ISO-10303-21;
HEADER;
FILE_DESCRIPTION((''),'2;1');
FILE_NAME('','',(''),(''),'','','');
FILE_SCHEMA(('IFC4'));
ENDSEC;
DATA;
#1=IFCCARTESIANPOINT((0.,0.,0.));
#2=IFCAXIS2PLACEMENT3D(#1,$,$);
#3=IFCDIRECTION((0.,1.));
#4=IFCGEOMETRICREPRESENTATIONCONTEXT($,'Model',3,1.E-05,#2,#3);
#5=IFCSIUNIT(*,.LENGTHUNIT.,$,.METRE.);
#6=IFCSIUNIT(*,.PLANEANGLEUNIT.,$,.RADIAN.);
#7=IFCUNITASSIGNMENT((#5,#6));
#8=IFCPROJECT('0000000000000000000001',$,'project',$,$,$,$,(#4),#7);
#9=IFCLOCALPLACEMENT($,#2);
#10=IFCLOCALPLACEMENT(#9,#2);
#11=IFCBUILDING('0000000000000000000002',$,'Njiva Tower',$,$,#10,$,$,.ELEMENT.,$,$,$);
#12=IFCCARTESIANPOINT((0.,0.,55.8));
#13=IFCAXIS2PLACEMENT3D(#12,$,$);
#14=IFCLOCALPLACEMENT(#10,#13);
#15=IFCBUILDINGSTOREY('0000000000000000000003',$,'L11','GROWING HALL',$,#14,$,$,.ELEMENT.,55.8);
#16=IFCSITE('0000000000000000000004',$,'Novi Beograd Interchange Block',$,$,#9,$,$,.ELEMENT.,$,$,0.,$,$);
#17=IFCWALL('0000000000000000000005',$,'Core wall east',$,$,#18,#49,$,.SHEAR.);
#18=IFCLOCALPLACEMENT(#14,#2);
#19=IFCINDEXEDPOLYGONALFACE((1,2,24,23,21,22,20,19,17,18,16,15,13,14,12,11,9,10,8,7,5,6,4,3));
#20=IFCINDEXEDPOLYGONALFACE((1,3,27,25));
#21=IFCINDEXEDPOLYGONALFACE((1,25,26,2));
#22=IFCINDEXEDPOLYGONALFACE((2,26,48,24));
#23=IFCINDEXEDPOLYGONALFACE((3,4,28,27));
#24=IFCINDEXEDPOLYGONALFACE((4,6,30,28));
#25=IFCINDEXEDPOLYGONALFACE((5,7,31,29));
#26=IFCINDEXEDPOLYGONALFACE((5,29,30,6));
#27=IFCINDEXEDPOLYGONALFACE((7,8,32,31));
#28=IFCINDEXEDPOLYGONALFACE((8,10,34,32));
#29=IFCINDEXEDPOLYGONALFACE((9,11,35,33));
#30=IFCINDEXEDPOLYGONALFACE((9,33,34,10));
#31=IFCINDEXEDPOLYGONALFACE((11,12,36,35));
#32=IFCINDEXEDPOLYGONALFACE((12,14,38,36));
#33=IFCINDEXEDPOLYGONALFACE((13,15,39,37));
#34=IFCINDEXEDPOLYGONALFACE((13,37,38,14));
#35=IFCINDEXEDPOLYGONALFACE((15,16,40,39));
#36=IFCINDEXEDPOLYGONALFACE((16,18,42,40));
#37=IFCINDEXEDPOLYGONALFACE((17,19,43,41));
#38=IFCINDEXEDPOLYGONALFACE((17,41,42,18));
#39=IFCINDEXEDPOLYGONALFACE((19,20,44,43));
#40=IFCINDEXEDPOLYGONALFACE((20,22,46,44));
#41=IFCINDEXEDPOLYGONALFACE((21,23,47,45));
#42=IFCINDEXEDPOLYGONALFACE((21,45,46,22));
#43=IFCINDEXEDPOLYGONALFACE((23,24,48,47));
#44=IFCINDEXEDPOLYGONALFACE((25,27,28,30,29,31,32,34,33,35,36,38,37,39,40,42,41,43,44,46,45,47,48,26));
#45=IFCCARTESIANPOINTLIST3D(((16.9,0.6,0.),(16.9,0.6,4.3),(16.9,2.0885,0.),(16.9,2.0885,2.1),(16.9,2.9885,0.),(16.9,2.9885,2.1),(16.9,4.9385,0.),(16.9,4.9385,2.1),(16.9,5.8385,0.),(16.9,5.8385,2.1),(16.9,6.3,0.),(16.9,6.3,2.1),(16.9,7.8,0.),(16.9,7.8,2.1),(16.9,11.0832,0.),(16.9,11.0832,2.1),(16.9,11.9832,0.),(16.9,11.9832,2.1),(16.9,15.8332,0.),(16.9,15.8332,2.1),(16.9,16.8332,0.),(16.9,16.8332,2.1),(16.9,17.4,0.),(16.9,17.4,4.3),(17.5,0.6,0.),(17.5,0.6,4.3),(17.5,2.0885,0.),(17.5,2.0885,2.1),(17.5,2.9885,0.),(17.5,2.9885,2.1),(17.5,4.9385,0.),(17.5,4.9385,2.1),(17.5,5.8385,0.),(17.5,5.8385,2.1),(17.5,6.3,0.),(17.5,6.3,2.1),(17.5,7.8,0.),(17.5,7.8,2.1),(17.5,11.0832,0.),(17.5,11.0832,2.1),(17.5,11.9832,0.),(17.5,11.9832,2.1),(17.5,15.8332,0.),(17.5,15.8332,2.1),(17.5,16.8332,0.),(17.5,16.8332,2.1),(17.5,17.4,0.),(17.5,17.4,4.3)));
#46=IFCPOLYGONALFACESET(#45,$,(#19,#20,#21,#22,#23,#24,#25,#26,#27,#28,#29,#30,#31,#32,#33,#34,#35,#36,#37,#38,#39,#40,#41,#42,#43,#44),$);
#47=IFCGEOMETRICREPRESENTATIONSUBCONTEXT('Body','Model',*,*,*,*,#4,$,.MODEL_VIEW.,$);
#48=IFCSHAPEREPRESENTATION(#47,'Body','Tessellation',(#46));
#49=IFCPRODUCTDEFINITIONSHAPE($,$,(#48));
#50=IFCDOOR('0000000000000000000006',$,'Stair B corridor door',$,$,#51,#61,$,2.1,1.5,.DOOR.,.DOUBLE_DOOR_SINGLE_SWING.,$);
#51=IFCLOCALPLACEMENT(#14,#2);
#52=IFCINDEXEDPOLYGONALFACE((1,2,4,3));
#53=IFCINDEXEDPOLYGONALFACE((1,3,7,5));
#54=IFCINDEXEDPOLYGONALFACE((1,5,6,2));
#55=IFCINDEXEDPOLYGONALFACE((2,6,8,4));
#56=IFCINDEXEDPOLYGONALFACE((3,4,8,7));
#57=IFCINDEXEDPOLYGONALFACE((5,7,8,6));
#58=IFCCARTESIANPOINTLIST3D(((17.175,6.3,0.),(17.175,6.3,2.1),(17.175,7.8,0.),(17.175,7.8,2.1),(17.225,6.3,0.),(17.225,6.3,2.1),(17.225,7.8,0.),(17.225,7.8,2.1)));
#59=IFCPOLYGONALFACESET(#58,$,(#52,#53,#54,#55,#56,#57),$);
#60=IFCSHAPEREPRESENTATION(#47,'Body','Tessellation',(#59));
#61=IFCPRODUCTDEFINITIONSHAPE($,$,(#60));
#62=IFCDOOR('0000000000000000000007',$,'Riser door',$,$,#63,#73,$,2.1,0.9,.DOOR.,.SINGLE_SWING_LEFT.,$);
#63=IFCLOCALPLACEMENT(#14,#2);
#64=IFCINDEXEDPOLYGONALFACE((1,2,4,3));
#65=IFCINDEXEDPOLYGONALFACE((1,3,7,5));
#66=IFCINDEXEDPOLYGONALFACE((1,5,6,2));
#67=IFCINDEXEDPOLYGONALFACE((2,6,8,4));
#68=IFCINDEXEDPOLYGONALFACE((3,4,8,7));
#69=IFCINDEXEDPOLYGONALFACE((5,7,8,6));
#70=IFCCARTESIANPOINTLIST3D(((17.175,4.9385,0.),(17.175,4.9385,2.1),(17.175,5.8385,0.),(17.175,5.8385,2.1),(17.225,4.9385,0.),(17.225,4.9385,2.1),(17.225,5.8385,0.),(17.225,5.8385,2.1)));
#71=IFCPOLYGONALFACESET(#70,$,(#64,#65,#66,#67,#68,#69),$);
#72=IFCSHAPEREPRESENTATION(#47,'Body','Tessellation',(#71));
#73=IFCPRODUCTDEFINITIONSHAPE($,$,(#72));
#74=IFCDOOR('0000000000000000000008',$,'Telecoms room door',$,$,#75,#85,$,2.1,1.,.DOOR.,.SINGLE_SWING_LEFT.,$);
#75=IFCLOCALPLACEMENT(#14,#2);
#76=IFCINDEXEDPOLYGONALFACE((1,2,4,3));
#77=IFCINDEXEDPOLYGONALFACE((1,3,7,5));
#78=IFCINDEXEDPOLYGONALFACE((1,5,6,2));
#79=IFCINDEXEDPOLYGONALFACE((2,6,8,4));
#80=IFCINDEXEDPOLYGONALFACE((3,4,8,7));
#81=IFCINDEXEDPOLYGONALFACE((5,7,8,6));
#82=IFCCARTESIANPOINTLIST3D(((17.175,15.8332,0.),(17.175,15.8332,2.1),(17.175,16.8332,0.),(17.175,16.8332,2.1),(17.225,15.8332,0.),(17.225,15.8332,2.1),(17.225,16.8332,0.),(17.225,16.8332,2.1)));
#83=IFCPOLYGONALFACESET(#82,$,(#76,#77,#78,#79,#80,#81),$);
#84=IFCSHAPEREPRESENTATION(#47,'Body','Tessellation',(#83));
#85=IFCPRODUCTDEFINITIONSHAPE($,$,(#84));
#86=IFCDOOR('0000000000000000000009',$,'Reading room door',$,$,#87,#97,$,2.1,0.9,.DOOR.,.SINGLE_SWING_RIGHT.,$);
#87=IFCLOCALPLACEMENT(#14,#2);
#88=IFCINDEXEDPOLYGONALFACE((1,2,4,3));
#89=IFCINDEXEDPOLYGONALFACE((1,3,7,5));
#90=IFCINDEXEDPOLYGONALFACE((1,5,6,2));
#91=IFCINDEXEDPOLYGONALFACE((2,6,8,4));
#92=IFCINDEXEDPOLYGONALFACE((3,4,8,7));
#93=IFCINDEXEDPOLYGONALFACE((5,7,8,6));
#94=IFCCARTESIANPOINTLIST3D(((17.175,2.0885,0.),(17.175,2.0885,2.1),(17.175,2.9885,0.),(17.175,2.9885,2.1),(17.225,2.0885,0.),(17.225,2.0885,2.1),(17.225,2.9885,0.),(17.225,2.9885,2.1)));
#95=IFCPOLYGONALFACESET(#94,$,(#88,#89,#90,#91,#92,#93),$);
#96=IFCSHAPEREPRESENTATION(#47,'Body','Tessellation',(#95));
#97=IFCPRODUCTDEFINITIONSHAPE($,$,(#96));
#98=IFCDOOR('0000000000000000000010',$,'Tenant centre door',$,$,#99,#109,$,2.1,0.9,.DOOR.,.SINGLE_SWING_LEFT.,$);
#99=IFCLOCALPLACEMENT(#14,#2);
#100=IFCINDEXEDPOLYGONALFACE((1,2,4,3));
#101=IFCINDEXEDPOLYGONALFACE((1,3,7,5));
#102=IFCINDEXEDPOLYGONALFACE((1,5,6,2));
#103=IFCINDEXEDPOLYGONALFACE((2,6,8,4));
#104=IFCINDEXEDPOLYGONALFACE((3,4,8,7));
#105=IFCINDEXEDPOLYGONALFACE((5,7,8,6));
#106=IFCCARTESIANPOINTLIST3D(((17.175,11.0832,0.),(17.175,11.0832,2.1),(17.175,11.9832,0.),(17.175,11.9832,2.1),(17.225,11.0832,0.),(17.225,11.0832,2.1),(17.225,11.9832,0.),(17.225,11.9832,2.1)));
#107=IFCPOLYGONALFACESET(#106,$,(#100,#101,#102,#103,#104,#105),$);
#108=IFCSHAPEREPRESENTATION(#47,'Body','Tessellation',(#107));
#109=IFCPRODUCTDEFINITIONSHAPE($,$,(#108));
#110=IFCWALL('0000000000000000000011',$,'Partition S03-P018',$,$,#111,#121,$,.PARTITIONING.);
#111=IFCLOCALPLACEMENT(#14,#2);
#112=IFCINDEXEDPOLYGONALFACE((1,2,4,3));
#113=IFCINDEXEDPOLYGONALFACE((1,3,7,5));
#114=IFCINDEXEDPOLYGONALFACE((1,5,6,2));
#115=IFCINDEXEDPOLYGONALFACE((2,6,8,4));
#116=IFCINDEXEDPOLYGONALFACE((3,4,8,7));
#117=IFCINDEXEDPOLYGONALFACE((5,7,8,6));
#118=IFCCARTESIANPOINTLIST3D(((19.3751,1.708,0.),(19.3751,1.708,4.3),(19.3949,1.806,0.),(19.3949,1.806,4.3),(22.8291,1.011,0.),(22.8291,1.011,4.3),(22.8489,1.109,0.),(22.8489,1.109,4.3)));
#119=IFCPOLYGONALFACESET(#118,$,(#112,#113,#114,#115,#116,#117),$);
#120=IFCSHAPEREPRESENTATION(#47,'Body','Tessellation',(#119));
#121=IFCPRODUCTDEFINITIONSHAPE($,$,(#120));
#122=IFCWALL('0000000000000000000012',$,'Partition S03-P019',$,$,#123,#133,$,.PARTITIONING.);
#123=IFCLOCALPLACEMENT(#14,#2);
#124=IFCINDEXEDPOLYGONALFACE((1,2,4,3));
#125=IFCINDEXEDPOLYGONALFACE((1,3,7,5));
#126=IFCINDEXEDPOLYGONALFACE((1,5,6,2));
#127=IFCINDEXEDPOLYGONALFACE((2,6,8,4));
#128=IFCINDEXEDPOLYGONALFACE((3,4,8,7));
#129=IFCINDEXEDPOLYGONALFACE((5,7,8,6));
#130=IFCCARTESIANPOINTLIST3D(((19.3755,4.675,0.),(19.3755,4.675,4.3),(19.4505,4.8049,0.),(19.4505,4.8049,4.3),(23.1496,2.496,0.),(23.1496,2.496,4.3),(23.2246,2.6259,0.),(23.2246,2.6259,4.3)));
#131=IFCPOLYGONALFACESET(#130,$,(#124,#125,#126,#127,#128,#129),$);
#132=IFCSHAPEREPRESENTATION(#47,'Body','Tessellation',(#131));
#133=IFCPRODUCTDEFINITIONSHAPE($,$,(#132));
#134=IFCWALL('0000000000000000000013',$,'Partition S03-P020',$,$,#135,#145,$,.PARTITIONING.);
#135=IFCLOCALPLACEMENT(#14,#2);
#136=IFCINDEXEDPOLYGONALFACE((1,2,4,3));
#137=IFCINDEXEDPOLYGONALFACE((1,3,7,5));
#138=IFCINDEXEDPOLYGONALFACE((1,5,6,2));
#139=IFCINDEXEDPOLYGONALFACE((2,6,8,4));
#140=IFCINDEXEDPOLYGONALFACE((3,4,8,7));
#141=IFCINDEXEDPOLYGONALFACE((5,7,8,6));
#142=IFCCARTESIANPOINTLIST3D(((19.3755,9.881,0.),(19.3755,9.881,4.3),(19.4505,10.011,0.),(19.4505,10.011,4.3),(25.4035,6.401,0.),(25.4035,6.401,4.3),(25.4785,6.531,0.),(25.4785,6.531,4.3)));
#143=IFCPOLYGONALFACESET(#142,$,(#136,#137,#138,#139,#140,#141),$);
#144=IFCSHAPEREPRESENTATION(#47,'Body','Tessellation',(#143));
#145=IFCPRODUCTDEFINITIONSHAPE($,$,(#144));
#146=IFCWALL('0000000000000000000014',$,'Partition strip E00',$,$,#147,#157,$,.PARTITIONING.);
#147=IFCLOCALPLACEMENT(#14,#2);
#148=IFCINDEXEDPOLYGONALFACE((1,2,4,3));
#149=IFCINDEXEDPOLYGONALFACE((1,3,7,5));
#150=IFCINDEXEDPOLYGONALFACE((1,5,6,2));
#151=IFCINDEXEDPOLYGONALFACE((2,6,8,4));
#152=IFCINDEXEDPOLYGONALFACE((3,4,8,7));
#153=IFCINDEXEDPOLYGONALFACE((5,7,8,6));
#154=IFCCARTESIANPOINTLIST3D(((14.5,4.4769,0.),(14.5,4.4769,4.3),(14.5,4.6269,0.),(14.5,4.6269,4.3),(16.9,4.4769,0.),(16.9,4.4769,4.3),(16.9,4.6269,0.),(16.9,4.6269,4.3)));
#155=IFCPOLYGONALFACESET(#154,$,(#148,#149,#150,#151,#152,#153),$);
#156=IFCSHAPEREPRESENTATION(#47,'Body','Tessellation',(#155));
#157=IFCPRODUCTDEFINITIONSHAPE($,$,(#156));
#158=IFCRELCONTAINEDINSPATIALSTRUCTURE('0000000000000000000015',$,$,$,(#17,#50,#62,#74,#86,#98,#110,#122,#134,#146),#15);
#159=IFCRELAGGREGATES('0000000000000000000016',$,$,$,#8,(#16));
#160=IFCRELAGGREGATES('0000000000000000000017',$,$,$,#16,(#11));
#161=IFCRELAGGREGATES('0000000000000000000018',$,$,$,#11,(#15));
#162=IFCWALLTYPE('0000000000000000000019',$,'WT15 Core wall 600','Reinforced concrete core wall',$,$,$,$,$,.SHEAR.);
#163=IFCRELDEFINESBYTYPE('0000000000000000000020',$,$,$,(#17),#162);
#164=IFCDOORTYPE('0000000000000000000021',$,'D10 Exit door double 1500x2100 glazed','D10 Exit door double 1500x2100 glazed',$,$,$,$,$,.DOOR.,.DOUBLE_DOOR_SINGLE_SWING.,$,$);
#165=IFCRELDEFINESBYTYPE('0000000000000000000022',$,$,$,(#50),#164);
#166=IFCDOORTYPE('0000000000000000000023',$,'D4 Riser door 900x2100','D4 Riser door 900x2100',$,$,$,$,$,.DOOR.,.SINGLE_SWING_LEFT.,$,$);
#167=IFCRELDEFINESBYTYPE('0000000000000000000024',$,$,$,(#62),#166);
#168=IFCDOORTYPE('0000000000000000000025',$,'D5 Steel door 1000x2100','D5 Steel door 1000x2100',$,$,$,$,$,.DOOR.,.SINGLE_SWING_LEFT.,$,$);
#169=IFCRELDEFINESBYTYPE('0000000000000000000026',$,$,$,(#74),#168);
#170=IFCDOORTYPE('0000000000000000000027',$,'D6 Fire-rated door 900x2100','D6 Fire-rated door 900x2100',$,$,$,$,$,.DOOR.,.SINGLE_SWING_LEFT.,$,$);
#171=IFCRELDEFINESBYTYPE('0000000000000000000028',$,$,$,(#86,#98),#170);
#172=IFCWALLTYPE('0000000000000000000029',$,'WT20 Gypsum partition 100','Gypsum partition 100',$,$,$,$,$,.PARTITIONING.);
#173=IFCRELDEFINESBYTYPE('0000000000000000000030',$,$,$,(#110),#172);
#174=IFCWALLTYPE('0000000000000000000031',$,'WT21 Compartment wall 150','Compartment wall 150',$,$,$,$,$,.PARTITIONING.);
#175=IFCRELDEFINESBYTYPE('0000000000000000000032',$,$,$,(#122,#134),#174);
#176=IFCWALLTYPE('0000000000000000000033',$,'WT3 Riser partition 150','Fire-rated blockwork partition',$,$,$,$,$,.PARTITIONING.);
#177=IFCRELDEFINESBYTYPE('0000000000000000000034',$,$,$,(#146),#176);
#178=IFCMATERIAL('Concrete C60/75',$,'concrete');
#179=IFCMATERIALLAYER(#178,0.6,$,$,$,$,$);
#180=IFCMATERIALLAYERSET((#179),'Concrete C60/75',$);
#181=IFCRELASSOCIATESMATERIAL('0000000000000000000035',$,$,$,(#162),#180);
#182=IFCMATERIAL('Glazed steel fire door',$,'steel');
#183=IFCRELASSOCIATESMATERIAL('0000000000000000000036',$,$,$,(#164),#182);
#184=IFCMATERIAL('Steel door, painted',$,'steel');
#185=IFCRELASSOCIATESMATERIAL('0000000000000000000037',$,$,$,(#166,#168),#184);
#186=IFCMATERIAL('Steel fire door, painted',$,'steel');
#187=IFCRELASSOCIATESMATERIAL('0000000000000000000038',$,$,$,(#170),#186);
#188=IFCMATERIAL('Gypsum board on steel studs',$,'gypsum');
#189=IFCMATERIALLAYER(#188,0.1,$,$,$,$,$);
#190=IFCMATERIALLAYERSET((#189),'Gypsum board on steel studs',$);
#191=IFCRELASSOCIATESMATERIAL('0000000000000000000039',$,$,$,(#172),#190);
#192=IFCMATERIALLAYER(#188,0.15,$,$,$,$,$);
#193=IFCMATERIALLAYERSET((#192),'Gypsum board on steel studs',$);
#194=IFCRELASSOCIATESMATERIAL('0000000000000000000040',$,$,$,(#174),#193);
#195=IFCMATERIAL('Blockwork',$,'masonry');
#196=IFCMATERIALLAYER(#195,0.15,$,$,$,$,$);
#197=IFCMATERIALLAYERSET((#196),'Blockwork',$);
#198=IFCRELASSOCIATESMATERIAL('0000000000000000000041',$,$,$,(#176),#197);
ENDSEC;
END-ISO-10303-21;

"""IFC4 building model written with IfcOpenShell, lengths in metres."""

from ifc_helpers import new_model, si_unit, direction, frame, frame_2d, origin, place, context, subcontext, project, spatial, rectangle, extrude, material, layer, layer_set, type_object, element, fill, save


model = new_model("IFC4")

# Units and contexts
model_context = context("Model", 3, precision=1e-05, world=origin(), true_north=direction((0.0, 1.0)))
body_context = subcontext(model_context, "Body", "Model", "MODEL_VIEW")
ifc_project = project(units=[si_unit("LENGTHUNIT", "METRE"), si_unit("PLANEANGLEUNIT", "RADIAN")], contexts=[model_context])

# Site, building, storey
site_placement = place(None, origin())
site = spatial("IfcSite", under=ifc_project, at=site_placement, Name="Novi Beograd Interchange Block", CompositionType="ELEMENT", RefElevation=0.0)
building_placement = place(site_placement, origin())
building = spatial("IfcBuilding", under=site, at=building_placement, Name="Njiva Tower", CompositionType="ELEMENT")
storey_placement = place(building_placement, frame((0.0, 0.0, 55.8)))
storey = spatial("IfcBuildingStorey", under=building, at=storey_placement, Name="L11", Description="GROWING HALL", CompositionType="ELEMENT", Elevation=55.8)

# Wall, openings, doors
ifc_material_1 = material(Name="Concrete C60/75", Category="concrete")
ifc_layer_1 = layer(ifc_material_1, 0.6)
ifc_layer_set_1 = layer_set([ifc_layer_1], Name="Concrete C60/75")
wall_type_1 = type_object("IfcWallType", Name="WT15 Core wall 600", Description="Reinforced concrete core wall", PredefinedType="SHEAR", material=ifc_layer_set_1)
wall_1_placement = place(storey_placement, frame((17.2, 0.6, 0.0), z_axis=(0.0, 0.0, 1.0), x_axis=(0.0, 1.0, 0.0)))
wall_1 = element("IfcWall", 1, at=wall_1_placement, inside=storey, type_object=wall_type_1, Name="Core wall east", PredefinedType="SHEAR", context=body_context, shape_type="SweptSolid", body=[
    extrude(rectangle(XDim=16.8, YDim=0.6, at=frame_2d((8.4, 0.0))), origin(), (0.0, 0.0, 1.0), 4.3),
])
opening_1_placement = place(wall_1_placement, frame((5.7, 0.0, 0.0)))
opening_1 = element("IfcOpeningElement", 2, at=opening_1_placement, cuts=wall_1, PredefinedType="OPENING", context=body_context, shape_type="SweptSolid", body=[
    extrude(rectangle(XDim=1.5, YDim=2.1, at=frame_2d((0.75, 1.05))), frame((0.0, 0.31, 0.0), z_axis=(0.0, -1.0, 0.0), x_axis=(1.0, 0.0, 0.0)), (0.0, 0.0, 1.0), 0.62),
])
opening_2_placement = place(wall_1_placement, frame((1.4885, 0.0, 0.0)))
opening_2 = element("IfcOpeningElement", 3, at=opening_2_placement, cuts=wall_1, PredefinedType="OPENING", context=body_context, shape_type="SweptSolid", body=[
    extrude(rectangle(XDim=0.9, YDim=2.1, at=frame_2d((0.45, 1.05))), frame((0.0, 0.31, 0.0), z_axis=(0.0, -1.0, 0.0), x_axis=(1.0, 0.0, 0.0)), (0.0, 0.0, 1.0), 0.62),
])
opening_3_placement = place(wall_1_placement, frame((4.3385, 0.0, 0.0)))
opening_3 = element("IfcOpeningElement", 4, at=opening_3_placement, cuts=wall_1, PredefinedType="OPENING", context=body_context, shape_type="SweptSolid", body=[
    extrude(rectangle(XDim=0.9, YDim=2.1, at=frame_2d((0.45, 1.05))), frame((0.0, 0.31, 0.0), z_axis=(0.0, -1.0, 0.0), x_axis=(1.0, 0.0, 0.0)), (0.0, 0.0, 1.0), 0.62),
])
opening_4_placement = place(wall_1_placement, frame((10.4832, 0.0, 0.0)))
opening_4 = element("IfcOpeningElement", 5, at=opening_4_placement, cuts=wall_1, PredefinedType="OPENING", context=body_context, shape_type="SweptSolid", body=[
    extrude(rectangle(XDim=0.9, YDim=2.1, at=frame_2d((0.45, 1.05))), frame((0.0, 0.31, 0.0), z_axis=(0.0, -1.0, 0.0), x_axis=(1.0, 0.0, 0.0)), (0.0, 0.0, 1.0), 0.62),
])
opening_5_placement = place(wall_1_placement, frame((15.2332, 0.0, 0.0)))
opening_5 = element("IfcOpeningElement", 6, at=opening_5_placement, cuts=wall_1, PredefinedType="OPENING", context=body_context, shape_type="SweptSolid", body=[
    extrude(rectangle(XDim=1.0, YDim=2.1, at=frame_2d((0.5, 1.05))), frame((0.0, 0.31, 0.0), z_axis=(0.0, -1.0, 0.0), x_axis=(1.0, 0.0, 0.0)), (0.0, 0.0, 1.0), 0.62),
])
ifc_material_2 = material(Name="Glazed steel fire door", Category="steel")
door_type_1 = type_object("IfcDoorType", Name="D10 Exit door double 1500x2100 glazed", Description="D10 Exit door double 1500x2100 glazed", OperationType="DOUBLE_DOOR_SINGLE_SWING", PredefinedType="DOOR", material=ifc_material_2)
door_1_placement = place(opening_1_placement, origin())
door_1 = element("IfcDoor", 7, at=door_1_placement, inside=storey, type_object=door_type_1, Name="Stair B corridor door", OperationType="DOUBLE_DOOR_SINGLE_SWING", OverallHeight=2.1, OverallWidth=1.5, PredefinedType="DOOR", context=body_context, shape_type="SweptSolid", body=[
    extrude(rectangle(XDim=1.5, YDim=2.1, at=frame_2d((0.75, 1.05))), frame((0.0, 0.025, 0.0), z_axis=(0.0, -1.0, 0.0), x_axis=(1.0, 0.0, 0.0)), (0.0, 0.0, 1.0), 0.05),
])
fill(opening_1, door_1)
ifc_material_3 = material(Name="Steel door, painted", Category="steel")
door_type_2 = type_object("IfcDoorType", Name="D4 Riser door 900x2100", Description="D4 Riser door 900x2100", OperationType="SINGLE_SWING_LEFT", PredefinedType="DOOR", material=ifc_material_3)
door_2_placement = place(opening_3_placement, origin())
door_2 = element("IfcDoor", 8, at=door_2_placement, inside=storey, type_object=door_type_2, Name="Riser door", OperationType="SINGLE_SWING_LEFT", OverallHeight=2.1, OverallWidth=0.9, PredefinedType="DOOR", context=body_context, shape_type="SweptSolid", body=[
    extrude(rectangle(XDim=0.9, YDim=2.1, at=frame_2d((0.45, 1.05))), frame((0.0, 0.025, 0.0), z_axis=(0.0, -1.0, 0.0), x_axis=(1.0, 0.0, 0.0)), (0.0, 0.0, 1.0), 0.05),
])
fill(opening_3, door_2)
door_type_3 = type_object("IfcDoorType", Name="D5 Steel door 1000x2100", Description="D5 Steel door 1000x2100", OperationType="SINGLE_SWING_LEFT", PredefinedType="DOOR", material=ifc_material_3)
door_3_placement = place(opening_5_placement, origin())
door_3 = element("IfcDoor", 9, at=door_3_placement, inside=storey, type_object=door_type_3, Name="Telecoms room door", OperationType="SINGLE_SWING_LEFT", OverallHeight=2.1, OverallWidth=1.0, PredefinedType="DOOR", context=body_context, shape_type="SweptSolid", body=[
    extrude(rectangle(XDim=1.0, YDim=2.1, at=frame_2d((0.5, 1.05))), frame((0.0, 0.025, 0.0), z_axis=(0.0, -1.0, 0.0), x_axis=(1.0, 0.0, 0.0)), (0.0, 0.0, 1.0), 0.05),
])
fill(opening_5, door_3)
ifc_material_4 = material(Name="Steel fire door, painted", Category="steel")
door_type_4 = type_object("IfcDoorType", Name="D6 Fire-rated door 900x2100", Description="D6 Fire-rated door 900x2100", OperationType="SINGLE_SWING_LEFT", PredefinedType="DOOR", material=ifc_material_4)
door_4_placement = place(opening_2_placement, origin())
door_4 = element("IfcDoor", 10, at=door_4_placement, inside=storey, type_object=door_type_4, Name="Reading room door", OperationType="SINGLE_SWING_RIGHT", OverallHeight=2.1, OverallWidth=0.9, PredefinedType="DOOR", context=body_context, shape_type="SweptSolid", body=[
    extrude(rectangle(XDim=0.9, YDim=2.1, at=frame_2d((0.45, 1.05))), frame((0.0, 0.025, 0.0), z_axis=(0.0, -1.0, 0.0), x_axis=(1.0, 0.0, 0.0)), (0.0, 0.0, 1.0), 0.05),
])
fill(opening_2, door_4)
door_5_placement = place(opening_4_placement, origin())
door_5 = element("IfcDoor", 11, at=door_5_placement, inside=storey, type_object=door_type_4, Name="Tenant centre door", OperationType="SINGLE_SWING_LEFT", OverallHeight=2.1, OverallWidth=0.9, PredefinedType="DOOR", context=body_context, shape_type="SweptSolid", body=[
    extrude(rectangle(XDim=0.9, YDim=2.1, at=frame_2d((0.45, 1.05))), frame((0.0, 0.025, 0.0), z_axis=(0.0, -1.0, 0.0), x_axis=(1.0, 0.0, 0.0)), (0.0, 0.0, 1.0), 0.05),
])
fill(opening_4, door_5)

# Walls
ifc_material_5 = material(Name="Gypsum board on steel studs", Category="gypsum")
ifc_layer_2 = layer(ifc_material_5, 0.1)
ifc_layer_set_2 = layer_set([ifc_layer_2], Name="Gypsum board on steel studs")
wall_type_2 = type_object("IfcWallType", Name="WT20 Gypsum partition 100", Description="Gypsum partition 100", PredefinedType="PARTITIONING", material=ifc_layer_set_2)
wall_2_placement = place(storey_placement, frame((19.385, 1.757, 0.0), z_axis=(0.0, 0.0, 1.0), x_axis=(0.980241, -0.197808, 0.0)))
element("IfcWall", 12, at=wall_2_placement, inside=storey, type_object=wall_type_2, Name="Partition S03-P018", PredefinedType="PARTITIONING", context=body_context, shape_type="SweptSolid", body=[
    extrude(rectangle(XDim=3.5236, YDim=0.1, at=frame_2d((1.7618, 0.0))), origin(), (0.0, 0.0, 1.0), 4.3),
])
ifc_layer_3 = layer(ifc_material_5, 0.15)
ifc_layer_set_3 = layer_set([ifc_layer_3], Name="Gypsum board on steel studs")
wall_type_3 = type_object("IfcWallType", Name="WT21 Compartment wall 150", Description="Compartment wall 150", PredefinedType="PARTITIONING", material=ifc_layer_set_3)
wall_3_placement = place(storey_placement, frame((19.413, 4.74, 0.0), z_axis=(0.0, 0.0, 1.0), x_axis=(0.866017, -0.500014, 0.0)))
element("IfcWall", 13, at=wall_3_placement, inside=storey, type_object=wall_type_3, Name="Partition S03-P019", PredefinedType="PARTITIONING", context=body_context, shape_type="SweptSolid", body=[
    extrude(rectangle(XDim=4.3579, YDim=0.15, at=frame_2d((2.179, 0.0))), origin(), (0.0, 0.0, 1.0), 4.3),
])
wall_4_placement = place(storey_placement, frame((19.413, 9.946, 0.0), z_axis=(0.0, 0.0, 1.0), x_axis=(0.866042, -0.499971, 0.0)))
element("IfcWall", 14, at=wall_4_placement, inside=storey, type_object=wall_type_3, Name="Partition S03-P020", PredefinedType="PARTITIONING", context=body_context, shape_type="SweptSolid", body=[
    extrude(rectangle(XDim=6.9604, YDim=0.15, at=frame_2d((3.4802, 0.0))), origin(), (0.0, 0.0, 1.0), 4.3),
])
ifc_material_6 = material(Name="Blockwork", Category="masonry")
ifc_layer_4 = layer(ifc_material_6, 0.15)
ifc_layer_set_4 = layer_set([ifc_layer_4], Name="Blockwork")
wall_type_4 = type_object("IfcWallType", Name="WT3 Riser partition 150", Description="Fire-rated blockwork partition", PredefinedType="PARTITIONING", material=ifc_layer_set_4)
wall_5_placement = place(storey_placement, frame((14.5, 4.5519, 0.0), z_axis=(0.0, 0.0, 1.0), x_axis=(1.0, 0.0, 0.0)))
element("IfcWall", 15, at=wall_5_placement, inside=storey, type_object=wall_type_4, Name="Partition strip E00", PredefinedType="PARTITIONING", context=body_context, shape_type="SweptSolid", body=[
    extrude(rectangle(XDim=2.4, YDim=0.15, at=frame_2d((1.2, 0.0))), origin(), (0.0, 0.0, 1.0), 4.3),
])

save(model, "model.ifc")
